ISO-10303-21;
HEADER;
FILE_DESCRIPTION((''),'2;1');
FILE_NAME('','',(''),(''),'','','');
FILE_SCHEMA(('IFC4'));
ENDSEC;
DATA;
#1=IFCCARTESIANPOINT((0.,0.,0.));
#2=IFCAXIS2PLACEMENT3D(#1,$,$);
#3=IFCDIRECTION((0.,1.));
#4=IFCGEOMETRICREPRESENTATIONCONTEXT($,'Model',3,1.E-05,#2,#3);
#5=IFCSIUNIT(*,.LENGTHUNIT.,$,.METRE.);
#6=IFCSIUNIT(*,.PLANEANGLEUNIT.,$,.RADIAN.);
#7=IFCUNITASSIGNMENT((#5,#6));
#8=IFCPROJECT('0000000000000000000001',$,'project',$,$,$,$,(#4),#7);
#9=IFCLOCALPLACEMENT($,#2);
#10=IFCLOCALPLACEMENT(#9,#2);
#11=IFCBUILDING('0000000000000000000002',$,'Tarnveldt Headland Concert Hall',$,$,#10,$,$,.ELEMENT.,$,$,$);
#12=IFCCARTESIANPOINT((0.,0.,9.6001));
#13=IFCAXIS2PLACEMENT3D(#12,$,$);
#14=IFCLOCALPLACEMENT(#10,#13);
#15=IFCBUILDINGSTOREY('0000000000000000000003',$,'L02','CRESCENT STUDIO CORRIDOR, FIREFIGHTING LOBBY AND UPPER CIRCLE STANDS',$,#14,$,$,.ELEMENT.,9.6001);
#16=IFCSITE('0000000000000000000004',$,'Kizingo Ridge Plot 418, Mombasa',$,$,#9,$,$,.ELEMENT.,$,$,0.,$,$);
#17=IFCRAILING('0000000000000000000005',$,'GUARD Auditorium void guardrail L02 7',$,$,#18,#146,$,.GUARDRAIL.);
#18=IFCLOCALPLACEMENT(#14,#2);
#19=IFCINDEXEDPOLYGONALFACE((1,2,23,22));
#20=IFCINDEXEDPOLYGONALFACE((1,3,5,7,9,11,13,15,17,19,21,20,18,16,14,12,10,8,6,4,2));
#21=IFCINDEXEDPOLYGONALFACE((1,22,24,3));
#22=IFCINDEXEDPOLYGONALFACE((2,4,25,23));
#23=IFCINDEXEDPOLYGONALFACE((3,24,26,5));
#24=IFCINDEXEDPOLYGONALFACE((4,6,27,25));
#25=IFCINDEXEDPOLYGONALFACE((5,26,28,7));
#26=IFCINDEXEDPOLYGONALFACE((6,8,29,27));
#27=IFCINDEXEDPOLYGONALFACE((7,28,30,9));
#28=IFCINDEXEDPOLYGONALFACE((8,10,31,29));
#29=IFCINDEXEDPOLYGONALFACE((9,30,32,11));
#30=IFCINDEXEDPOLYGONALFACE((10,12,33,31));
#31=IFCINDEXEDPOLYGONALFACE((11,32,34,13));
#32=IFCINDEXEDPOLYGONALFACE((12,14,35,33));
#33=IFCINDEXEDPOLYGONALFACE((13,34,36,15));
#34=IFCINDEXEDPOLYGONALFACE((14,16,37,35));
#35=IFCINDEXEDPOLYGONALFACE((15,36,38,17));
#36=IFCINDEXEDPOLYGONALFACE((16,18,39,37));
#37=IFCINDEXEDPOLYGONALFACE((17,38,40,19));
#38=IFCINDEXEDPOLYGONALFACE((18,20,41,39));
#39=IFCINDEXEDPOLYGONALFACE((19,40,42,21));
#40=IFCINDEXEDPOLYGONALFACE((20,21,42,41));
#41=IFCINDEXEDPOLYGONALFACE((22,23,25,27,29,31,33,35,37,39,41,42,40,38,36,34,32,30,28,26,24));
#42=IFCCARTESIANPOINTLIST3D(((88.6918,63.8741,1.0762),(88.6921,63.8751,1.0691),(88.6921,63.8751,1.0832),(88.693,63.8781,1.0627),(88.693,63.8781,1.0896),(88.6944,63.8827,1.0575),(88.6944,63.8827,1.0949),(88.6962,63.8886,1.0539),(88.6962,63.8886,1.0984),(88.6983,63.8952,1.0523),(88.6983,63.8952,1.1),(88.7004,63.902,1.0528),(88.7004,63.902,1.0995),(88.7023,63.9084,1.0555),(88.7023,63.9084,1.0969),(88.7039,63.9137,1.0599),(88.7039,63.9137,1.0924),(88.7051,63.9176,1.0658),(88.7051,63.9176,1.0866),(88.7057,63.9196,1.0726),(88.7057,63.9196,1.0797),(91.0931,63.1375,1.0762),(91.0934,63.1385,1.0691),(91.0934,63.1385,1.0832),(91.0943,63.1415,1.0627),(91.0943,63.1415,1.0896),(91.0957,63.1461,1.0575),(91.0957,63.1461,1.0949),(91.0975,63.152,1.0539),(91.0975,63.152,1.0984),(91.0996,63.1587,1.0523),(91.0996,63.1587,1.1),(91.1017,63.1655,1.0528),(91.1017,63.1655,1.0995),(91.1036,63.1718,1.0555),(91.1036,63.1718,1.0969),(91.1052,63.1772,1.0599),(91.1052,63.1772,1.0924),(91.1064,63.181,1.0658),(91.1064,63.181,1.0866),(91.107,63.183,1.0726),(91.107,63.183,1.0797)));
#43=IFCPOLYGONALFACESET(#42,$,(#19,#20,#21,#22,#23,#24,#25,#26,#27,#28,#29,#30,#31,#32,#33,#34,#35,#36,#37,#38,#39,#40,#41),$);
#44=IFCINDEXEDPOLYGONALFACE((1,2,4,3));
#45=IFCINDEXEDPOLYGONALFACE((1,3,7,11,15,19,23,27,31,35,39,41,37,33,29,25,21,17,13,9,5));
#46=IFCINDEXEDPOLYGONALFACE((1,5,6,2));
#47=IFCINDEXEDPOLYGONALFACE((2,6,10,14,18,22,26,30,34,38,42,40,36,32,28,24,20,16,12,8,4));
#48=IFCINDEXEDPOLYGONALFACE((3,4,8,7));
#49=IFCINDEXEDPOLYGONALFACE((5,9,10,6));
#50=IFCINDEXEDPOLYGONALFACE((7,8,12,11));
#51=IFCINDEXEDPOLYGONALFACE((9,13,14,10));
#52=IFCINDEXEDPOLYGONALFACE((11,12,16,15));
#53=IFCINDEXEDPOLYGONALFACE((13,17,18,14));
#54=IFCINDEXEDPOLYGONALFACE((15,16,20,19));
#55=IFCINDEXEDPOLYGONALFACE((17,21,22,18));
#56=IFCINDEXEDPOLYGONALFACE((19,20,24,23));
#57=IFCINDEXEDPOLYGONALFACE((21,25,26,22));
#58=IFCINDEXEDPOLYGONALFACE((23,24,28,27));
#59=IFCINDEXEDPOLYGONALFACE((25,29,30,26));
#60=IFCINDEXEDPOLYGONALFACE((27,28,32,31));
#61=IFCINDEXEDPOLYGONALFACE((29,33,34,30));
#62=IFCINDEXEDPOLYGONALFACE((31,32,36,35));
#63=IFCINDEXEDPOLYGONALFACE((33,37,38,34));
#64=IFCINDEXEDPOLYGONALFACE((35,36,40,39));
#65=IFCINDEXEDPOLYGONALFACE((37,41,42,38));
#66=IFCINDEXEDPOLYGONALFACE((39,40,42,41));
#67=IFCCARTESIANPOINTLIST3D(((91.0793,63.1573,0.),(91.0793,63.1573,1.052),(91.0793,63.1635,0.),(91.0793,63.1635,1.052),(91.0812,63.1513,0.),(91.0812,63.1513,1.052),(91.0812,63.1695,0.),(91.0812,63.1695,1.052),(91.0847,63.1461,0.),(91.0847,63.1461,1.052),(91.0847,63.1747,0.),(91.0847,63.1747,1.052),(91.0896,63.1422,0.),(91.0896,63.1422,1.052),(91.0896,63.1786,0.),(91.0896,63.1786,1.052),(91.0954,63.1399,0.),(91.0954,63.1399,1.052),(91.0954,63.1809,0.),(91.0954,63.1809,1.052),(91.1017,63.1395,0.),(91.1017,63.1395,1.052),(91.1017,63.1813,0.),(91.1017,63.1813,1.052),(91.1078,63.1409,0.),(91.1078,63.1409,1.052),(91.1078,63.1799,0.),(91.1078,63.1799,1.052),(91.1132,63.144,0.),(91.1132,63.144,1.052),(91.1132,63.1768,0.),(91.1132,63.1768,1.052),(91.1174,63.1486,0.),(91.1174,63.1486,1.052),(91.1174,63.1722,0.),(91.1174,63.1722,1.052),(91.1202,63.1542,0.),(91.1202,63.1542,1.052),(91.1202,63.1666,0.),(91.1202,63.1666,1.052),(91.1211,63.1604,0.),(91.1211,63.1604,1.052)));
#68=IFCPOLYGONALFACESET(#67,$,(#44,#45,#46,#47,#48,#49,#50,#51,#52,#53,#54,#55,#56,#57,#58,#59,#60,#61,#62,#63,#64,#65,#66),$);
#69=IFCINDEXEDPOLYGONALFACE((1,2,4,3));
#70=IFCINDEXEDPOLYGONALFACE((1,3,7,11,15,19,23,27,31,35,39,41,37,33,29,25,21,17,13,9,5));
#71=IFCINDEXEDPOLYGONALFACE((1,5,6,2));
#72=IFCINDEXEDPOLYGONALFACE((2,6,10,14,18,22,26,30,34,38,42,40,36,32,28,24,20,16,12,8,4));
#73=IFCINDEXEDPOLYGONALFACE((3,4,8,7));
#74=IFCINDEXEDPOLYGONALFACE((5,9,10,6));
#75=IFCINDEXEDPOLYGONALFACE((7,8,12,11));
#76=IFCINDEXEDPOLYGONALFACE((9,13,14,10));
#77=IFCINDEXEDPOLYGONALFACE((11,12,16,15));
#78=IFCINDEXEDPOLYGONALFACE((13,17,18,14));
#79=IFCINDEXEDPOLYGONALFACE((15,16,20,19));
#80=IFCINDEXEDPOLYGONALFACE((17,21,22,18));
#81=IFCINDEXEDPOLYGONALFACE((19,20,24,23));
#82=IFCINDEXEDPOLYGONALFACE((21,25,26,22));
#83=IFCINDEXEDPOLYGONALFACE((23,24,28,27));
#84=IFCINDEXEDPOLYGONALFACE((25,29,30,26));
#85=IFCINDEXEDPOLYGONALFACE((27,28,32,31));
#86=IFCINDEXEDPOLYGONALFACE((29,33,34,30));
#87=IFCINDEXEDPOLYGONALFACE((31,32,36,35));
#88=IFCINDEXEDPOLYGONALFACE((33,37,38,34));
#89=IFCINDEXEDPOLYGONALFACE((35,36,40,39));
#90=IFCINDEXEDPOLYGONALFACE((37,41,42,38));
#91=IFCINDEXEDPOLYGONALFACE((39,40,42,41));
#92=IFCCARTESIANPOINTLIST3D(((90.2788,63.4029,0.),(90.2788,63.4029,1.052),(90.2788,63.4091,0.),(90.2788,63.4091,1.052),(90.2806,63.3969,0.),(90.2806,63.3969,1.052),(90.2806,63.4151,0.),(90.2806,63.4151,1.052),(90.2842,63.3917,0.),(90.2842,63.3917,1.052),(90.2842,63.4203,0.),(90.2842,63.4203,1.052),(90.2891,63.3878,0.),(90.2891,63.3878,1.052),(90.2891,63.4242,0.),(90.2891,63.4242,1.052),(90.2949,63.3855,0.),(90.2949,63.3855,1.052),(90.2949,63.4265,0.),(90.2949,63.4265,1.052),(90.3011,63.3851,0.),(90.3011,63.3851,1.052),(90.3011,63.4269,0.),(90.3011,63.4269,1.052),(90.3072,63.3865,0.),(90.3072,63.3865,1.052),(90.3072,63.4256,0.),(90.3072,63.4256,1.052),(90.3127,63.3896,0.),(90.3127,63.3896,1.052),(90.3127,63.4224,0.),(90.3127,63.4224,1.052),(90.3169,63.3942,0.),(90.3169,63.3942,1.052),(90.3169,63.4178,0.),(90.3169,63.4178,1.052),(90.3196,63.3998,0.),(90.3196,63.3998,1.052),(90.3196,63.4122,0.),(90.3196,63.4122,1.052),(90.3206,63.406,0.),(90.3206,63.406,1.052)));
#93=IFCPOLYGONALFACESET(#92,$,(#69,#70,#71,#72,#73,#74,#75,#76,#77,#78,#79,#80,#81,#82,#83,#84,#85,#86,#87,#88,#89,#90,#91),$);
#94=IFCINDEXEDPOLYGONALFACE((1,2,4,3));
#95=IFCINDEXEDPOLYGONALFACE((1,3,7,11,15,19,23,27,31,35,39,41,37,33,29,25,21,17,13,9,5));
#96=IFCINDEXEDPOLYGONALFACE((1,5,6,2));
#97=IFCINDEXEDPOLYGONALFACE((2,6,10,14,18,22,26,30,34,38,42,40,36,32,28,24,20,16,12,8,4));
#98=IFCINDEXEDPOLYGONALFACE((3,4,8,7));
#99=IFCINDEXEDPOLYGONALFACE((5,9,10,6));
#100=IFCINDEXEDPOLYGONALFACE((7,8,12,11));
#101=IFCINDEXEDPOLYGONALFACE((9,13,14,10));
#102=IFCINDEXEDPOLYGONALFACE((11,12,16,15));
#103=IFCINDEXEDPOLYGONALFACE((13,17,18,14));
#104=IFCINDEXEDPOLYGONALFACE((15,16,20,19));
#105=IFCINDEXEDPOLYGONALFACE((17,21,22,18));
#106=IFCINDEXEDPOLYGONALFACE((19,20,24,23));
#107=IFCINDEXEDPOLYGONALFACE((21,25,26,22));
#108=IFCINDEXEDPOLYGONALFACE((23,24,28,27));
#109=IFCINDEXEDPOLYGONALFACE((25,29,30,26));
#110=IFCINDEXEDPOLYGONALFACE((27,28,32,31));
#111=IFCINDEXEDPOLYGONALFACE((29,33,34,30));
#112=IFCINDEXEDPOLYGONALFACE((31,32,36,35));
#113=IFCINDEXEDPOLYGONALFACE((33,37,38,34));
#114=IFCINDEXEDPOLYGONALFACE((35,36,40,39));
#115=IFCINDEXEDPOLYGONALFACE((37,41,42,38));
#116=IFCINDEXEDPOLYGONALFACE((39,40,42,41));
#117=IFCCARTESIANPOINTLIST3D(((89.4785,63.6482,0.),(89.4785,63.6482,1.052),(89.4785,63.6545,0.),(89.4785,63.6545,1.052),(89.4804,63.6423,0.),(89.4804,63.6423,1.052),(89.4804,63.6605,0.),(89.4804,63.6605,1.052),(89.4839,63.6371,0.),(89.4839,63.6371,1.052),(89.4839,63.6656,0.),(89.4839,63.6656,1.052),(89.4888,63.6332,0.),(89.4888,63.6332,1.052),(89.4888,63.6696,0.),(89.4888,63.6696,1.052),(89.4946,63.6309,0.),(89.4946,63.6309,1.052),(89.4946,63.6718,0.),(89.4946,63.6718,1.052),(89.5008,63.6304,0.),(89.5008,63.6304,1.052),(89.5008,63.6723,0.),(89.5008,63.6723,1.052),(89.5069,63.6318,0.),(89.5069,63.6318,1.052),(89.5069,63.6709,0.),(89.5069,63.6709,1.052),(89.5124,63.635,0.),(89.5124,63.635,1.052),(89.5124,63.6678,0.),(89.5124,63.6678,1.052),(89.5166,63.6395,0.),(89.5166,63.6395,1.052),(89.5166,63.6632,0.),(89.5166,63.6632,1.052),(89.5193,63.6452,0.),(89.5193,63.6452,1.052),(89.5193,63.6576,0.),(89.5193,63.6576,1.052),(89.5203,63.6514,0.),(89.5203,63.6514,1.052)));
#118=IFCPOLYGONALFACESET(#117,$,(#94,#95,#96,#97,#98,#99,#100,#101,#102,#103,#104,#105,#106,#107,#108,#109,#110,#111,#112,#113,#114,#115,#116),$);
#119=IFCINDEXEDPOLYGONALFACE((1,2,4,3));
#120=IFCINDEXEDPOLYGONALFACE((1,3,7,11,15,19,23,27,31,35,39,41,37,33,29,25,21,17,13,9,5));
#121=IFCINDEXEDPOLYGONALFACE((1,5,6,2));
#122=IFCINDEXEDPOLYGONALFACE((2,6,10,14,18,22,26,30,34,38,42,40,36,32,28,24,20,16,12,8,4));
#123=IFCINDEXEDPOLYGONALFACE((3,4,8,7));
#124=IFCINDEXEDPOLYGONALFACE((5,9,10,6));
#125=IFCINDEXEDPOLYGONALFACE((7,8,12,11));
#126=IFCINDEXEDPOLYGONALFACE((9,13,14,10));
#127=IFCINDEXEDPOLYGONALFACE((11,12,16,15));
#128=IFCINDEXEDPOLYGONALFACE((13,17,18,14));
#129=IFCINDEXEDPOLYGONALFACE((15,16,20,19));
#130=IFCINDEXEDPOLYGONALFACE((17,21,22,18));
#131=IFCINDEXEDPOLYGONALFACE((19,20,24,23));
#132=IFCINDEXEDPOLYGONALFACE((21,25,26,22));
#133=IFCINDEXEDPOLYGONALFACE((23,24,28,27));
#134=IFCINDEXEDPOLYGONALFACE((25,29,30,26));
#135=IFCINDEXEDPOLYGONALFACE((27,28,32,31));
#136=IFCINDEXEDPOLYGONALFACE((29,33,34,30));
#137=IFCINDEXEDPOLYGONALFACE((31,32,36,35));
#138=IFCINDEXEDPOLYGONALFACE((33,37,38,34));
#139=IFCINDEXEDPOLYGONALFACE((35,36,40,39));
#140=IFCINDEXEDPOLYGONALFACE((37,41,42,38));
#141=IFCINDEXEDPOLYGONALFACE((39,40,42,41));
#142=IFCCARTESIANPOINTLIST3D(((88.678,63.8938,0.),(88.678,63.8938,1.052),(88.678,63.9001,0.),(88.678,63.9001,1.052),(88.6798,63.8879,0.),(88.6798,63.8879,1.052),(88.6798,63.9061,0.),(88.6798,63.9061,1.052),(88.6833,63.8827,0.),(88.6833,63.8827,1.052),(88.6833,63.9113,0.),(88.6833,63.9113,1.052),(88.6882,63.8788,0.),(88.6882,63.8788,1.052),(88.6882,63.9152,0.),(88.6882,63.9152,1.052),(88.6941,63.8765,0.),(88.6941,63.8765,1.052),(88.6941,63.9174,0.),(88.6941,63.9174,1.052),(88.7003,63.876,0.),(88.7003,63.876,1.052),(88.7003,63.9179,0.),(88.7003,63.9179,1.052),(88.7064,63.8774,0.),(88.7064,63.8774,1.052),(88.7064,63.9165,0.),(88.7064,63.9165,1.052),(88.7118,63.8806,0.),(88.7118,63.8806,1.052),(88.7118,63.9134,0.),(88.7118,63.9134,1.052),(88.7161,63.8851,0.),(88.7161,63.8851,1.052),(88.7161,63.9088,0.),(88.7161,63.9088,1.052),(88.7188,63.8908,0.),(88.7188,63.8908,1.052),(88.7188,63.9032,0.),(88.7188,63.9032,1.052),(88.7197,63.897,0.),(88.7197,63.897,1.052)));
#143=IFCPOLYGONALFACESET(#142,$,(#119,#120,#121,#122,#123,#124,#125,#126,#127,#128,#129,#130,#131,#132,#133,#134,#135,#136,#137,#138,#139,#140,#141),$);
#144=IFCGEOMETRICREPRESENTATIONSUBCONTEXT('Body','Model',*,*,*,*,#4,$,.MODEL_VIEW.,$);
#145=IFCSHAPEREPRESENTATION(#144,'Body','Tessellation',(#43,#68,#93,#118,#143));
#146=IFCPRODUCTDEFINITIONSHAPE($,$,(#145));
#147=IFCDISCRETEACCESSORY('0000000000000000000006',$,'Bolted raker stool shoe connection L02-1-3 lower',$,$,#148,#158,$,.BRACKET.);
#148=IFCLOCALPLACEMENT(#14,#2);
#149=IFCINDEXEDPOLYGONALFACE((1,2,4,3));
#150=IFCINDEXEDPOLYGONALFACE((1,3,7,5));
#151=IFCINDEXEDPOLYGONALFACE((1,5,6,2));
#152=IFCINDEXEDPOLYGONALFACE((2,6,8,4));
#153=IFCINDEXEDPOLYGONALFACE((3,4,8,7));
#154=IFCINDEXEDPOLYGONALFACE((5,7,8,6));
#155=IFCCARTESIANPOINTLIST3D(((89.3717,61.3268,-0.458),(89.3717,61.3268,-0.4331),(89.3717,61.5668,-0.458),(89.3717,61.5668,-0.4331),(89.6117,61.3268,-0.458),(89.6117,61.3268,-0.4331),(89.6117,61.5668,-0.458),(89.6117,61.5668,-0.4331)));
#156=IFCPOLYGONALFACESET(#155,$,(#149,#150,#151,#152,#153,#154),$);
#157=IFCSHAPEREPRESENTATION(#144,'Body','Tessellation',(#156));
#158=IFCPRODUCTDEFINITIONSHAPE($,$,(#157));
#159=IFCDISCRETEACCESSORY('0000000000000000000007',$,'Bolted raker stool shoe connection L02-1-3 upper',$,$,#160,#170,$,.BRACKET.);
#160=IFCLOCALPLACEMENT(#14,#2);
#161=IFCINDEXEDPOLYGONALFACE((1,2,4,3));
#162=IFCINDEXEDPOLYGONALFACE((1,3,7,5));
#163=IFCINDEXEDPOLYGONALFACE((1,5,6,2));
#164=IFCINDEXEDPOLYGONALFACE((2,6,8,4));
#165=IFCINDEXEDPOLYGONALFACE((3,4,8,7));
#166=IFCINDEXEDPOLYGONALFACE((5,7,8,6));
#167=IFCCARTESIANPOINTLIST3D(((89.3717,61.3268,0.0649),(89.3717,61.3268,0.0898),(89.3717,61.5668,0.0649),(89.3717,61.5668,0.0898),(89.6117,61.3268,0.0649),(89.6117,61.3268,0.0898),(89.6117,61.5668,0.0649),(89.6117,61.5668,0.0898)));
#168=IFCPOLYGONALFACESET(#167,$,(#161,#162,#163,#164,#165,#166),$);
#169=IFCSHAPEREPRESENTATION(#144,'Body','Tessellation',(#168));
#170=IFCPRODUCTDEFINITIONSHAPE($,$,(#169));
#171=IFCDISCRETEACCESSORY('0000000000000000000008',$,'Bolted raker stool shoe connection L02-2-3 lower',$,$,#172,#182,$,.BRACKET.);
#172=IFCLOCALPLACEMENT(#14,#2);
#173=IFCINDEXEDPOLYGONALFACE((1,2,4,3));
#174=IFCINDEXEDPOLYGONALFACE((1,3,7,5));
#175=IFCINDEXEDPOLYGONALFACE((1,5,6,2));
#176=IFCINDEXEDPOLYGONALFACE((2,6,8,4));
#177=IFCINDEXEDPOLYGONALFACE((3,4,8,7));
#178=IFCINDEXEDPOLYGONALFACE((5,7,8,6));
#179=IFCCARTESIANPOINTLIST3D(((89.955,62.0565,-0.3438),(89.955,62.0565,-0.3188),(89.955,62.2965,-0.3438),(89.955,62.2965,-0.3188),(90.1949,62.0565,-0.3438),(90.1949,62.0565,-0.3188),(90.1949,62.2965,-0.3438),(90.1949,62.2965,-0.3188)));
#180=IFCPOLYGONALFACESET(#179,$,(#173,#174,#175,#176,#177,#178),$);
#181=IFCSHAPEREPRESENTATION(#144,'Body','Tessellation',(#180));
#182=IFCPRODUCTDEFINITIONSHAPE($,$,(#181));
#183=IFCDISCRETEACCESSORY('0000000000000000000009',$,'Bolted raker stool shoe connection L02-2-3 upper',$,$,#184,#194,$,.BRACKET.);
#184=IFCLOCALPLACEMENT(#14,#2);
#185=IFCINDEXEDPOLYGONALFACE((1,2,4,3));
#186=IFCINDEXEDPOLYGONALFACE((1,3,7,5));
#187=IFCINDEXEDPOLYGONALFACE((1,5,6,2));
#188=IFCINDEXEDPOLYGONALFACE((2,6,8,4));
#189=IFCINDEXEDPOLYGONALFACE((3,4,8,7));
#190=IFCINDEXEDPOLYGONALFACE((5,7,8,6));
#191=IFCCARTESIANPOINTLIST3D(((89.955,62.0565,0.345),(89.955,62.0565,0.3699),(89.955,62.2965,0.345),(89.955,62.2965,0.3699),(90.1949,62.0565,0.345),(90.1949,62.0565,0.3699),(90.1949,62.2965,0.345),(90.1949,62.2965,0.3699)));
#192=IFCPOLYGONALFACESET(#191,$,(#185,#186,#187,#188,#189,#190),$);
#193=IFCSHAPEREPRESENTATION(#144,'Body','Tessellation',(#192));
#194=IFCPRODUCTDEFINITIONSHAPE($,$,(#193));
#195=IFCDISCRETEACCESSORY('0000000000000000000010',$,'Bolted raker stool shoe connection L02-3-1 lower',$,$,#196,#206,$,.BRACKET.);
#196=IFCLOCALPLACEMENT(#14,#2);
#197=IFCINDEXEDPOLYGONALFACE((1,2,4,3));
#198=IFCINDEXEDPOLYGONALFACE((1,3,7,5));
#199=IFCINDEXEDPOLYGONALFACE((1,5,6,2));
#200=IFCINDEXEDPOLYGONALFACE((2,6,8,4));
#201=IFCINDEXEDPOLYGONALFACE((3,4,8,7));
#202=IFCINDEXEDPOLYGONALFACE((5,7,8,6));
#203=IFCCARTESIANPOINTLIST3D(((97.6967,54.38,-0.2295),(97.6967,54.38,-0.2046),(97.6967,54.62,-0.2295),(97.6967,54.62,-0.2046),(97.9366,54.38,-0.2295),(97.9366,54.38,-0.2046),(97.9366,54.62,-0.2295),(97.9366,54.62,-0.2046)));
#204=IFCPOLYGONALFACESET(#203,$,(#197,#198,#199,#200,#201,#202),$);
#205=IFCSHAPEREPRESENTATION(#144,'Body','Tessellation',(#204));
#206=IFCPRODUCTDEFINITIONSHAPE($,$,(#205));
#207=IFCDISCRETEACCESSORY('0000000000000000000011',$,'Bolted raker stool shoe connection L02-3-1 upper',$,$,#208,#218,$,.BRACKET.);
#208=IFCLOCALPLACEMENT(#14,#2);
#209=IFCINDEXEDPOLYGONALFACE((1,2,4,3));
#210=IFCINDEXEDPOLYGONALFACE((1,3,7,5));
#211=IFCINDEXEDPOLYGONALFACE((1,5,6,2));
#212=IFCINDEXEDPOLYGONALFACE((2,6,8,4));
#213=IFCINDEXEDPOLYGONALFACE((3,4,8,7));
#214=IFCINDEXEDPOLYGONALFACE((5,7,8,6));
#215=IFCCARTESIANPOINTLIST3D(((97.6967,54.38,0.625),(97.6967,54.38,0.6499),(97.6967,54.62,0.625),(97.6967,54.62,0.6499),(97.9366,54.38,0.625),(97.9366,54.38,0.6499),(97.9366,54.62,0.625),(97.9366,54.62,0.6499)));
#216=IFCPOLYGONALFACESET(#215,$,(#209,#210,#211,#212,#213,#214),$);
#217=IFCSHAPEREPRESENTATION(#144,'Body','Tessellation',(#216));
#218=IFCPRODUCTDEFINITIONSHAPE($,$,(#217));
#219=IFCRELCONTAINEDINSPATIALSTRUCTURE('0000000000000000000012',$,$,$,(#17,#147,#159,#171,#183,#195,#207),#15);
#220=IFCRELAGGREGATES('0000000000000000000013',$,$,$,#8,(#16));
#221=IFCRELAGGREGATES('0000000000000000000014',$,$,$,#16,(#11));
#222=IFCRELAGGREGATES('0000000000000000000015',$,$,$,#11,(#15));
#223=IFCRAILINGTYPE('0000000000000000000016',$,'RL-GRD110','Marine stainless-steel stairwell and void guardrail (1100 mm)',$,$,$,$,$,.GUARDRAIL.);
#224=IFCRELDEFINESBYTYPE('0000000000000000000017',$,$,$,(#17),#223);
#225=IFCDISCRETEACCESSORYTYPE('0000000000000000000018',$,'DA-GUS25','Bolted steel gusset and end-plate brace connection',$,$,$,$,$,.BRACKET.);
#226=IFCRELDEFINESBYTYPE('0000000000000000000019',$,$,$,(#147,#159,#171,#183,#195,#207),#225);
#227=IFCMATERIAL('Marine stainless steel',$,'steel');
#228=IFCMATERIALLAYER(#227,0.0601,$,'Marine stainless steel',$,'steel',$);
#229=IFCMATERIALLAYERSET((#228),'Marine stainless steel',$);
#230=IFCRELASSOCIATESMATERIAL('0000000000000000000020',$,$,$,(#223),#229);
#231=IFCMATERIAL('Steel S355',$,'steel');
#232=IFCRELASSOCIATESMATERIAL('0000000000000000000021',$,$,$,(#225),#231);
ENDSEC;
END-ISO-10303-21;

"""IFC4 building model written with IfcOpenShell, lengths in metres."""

from ifc_helpers import new_model, si_unit, direction, frame, origin, origin_2d, place, context, subcontext, project, spatial, rectangle, circle, extrude, material, layer, layer_set, type_object, element, save


model = new_model("IFC4")

# Units and contexts
model_context = context("Model", 3, precision=1e-05, world=origin(), true_north=direction((0.0, 1.0)))
body_context = subcontext(model_context, "Body", "Model", "MODEL_VIEW")
ifc_project = project(units=[si_unit("LENGTHUNIT", "METRE"), si_unit("PLANEANGLEUNIT", "RADIAN")], contexts=[model_context])

# Site, building, storey
site_placement = place(None, origin())
site = spatial("IfcSite", under=ifc_project, at=site_placement, Name="Kizingo Ridge Plot 418, Mombasa", CompositionType="ELEMENT", RefElevation=0.0)
building_placement = place(site_placement, origin())
building = spatial("IfcBuilding", under=site, at=building_placement, Name="Tarnveldt Headland Concert Hall", CompositionType="ELEMENT")
storey_placement = place(building_placement, frame((0.0, 0.0, 9.6001)))
storey = spatial("IfcBuildingStorey", under=building, at=storey_placement, Name="L02", Description="CRESCENT STUDIO CORRIDOR, FIREFIGHTING LOBBY AND UPPER CIRCLE STANDS", CompositionType="ELEMENT", Elevation=9.6001)

# Shared definitions
ifc_material_1 = material(Name="Steel S355", Category="steel")

# Railing
ifc_material_2 = material(Name="Marine stainless steel", Category="steel")
ifc_layer_1 = layer(ifc_material_2, 0.0601, Name="Marine stainless steel", Category="steel")
ifc_layer_set_1 = layer_set([ifc_layer_1], Name="Marine stainless steel")
railing_type = type_object("IfcRailingType", Name="RL-GRD110", Description="Marine stainless-steel stairwell and void guardrail (1100 mm)", PredefinedType="GUARDRAIL", material=ifc_layer_set_1)
railing_1_placement = place(storey_placement, frame((91.1001, 63.1604, 0.0)))
element("IfcRailing", 1, at=railing_1_placement, inside=storey, type_object=railing_type, Name="GUARD Auditorium void guardrail L02 7", PredefinedType="GUARDRAIL", context=body_context, shape_type="SweptSolid", body=[
    extrude(circle(Radius=0.0239, at=origin_2d()), frame((0.0, 0.0, 1.0762), z_axis=(-0.956037, 0.293246, 0.0), x_axis=(-0.293246, -0.956037, 0.0)), (0.0, 0.0, 1.0), 2.5117),
    extrude(circle(Radius=0.021, at=origin_2d()), origin(), (0.0, 0.0, 1.0), 1.052),
    extrude(circle(Radius=0.021, at=origin_2d()), frame((-0.8005, 0.2456, 0.0)), (0.0, 0.0, 1.0), 1.052),
    extrude(circle(Radius=0.021, at=origin_2d()), frame((-1.6008, 0.491, 0.0)), (0.0, 0.0, 1.0), 1.052),
    extrude(circle(Radius=0.021, at=origin_2d()), frame((-2.4014, 0.7366, 0.0)), (0.0, 0.0, 1.0), 1.052),
])

# Discrete accessories
discrete_accessory_type = type_object("IfcDiscreteAccessoryType", Name="DA-GUS25", Description="Bolted steel gusset and end-plate brace connection", PredefinedType="BRACKET", material=ifc_material_1)
for number, where, z_axis, x_axis, name in (
    (2, (89.4917, 61.4468, -0.458), (0.0, 0.0, 1.0), (1.0, 0.0, 0.0), "Bolted raker stool shoe connection L02-1-3 lower"),
    (3, (89.4917, 61.4468, 0.0649), (0.0, 0.0, 1.0), (1.0, 0.0, 0.0), "Bolted raker stool shoe connection L02-1-3 upper"),
    (4, (90.075, 62.1765, -0.3438), (0.0, 0.0, 1.0), (1.0, 0.0, 0.0), "Bolted raker stool shoe connection L02-2-3 lower"),
    (5, (90.075, 62.1765, 0.345), (0.0, 0.0, 1.0), (1.0, 0.0, 0.0), "Bolted raker stool shoe connection L02-2-3 upper"),
    (6, (97.8167, 54.5, -0.2295), (0.0, 0.0, 1.0), (1.0, 0.0, 0.0), "Bolted raker stool shoe connection L02-3-1 lower"),
    (7, (97.8167, 54.5, 0.625), (0.0, 0.0, 1.0), (1.0, 0.0, 0.0), "Bolted raker stool shoe connection L02-3-1 upper"),
):
    element("IfcDiscreteAccessory", number, at=place(storey_placement, frame(where, z_axis=z_axis, x_axis=x_axis)), inside=storey, type_object=discrete_accessory_type, Name=name, PredefinedType="BRACKET", context=body_context, shape_type="SweptSolid", body=[
        extrude(rectangle(XDim=0.24, YDim=0.24, at=origin_2d()), origin(), (0.0, 0.0, 1.0), 0.0249),
    ])

save(model, "model.ifc")
